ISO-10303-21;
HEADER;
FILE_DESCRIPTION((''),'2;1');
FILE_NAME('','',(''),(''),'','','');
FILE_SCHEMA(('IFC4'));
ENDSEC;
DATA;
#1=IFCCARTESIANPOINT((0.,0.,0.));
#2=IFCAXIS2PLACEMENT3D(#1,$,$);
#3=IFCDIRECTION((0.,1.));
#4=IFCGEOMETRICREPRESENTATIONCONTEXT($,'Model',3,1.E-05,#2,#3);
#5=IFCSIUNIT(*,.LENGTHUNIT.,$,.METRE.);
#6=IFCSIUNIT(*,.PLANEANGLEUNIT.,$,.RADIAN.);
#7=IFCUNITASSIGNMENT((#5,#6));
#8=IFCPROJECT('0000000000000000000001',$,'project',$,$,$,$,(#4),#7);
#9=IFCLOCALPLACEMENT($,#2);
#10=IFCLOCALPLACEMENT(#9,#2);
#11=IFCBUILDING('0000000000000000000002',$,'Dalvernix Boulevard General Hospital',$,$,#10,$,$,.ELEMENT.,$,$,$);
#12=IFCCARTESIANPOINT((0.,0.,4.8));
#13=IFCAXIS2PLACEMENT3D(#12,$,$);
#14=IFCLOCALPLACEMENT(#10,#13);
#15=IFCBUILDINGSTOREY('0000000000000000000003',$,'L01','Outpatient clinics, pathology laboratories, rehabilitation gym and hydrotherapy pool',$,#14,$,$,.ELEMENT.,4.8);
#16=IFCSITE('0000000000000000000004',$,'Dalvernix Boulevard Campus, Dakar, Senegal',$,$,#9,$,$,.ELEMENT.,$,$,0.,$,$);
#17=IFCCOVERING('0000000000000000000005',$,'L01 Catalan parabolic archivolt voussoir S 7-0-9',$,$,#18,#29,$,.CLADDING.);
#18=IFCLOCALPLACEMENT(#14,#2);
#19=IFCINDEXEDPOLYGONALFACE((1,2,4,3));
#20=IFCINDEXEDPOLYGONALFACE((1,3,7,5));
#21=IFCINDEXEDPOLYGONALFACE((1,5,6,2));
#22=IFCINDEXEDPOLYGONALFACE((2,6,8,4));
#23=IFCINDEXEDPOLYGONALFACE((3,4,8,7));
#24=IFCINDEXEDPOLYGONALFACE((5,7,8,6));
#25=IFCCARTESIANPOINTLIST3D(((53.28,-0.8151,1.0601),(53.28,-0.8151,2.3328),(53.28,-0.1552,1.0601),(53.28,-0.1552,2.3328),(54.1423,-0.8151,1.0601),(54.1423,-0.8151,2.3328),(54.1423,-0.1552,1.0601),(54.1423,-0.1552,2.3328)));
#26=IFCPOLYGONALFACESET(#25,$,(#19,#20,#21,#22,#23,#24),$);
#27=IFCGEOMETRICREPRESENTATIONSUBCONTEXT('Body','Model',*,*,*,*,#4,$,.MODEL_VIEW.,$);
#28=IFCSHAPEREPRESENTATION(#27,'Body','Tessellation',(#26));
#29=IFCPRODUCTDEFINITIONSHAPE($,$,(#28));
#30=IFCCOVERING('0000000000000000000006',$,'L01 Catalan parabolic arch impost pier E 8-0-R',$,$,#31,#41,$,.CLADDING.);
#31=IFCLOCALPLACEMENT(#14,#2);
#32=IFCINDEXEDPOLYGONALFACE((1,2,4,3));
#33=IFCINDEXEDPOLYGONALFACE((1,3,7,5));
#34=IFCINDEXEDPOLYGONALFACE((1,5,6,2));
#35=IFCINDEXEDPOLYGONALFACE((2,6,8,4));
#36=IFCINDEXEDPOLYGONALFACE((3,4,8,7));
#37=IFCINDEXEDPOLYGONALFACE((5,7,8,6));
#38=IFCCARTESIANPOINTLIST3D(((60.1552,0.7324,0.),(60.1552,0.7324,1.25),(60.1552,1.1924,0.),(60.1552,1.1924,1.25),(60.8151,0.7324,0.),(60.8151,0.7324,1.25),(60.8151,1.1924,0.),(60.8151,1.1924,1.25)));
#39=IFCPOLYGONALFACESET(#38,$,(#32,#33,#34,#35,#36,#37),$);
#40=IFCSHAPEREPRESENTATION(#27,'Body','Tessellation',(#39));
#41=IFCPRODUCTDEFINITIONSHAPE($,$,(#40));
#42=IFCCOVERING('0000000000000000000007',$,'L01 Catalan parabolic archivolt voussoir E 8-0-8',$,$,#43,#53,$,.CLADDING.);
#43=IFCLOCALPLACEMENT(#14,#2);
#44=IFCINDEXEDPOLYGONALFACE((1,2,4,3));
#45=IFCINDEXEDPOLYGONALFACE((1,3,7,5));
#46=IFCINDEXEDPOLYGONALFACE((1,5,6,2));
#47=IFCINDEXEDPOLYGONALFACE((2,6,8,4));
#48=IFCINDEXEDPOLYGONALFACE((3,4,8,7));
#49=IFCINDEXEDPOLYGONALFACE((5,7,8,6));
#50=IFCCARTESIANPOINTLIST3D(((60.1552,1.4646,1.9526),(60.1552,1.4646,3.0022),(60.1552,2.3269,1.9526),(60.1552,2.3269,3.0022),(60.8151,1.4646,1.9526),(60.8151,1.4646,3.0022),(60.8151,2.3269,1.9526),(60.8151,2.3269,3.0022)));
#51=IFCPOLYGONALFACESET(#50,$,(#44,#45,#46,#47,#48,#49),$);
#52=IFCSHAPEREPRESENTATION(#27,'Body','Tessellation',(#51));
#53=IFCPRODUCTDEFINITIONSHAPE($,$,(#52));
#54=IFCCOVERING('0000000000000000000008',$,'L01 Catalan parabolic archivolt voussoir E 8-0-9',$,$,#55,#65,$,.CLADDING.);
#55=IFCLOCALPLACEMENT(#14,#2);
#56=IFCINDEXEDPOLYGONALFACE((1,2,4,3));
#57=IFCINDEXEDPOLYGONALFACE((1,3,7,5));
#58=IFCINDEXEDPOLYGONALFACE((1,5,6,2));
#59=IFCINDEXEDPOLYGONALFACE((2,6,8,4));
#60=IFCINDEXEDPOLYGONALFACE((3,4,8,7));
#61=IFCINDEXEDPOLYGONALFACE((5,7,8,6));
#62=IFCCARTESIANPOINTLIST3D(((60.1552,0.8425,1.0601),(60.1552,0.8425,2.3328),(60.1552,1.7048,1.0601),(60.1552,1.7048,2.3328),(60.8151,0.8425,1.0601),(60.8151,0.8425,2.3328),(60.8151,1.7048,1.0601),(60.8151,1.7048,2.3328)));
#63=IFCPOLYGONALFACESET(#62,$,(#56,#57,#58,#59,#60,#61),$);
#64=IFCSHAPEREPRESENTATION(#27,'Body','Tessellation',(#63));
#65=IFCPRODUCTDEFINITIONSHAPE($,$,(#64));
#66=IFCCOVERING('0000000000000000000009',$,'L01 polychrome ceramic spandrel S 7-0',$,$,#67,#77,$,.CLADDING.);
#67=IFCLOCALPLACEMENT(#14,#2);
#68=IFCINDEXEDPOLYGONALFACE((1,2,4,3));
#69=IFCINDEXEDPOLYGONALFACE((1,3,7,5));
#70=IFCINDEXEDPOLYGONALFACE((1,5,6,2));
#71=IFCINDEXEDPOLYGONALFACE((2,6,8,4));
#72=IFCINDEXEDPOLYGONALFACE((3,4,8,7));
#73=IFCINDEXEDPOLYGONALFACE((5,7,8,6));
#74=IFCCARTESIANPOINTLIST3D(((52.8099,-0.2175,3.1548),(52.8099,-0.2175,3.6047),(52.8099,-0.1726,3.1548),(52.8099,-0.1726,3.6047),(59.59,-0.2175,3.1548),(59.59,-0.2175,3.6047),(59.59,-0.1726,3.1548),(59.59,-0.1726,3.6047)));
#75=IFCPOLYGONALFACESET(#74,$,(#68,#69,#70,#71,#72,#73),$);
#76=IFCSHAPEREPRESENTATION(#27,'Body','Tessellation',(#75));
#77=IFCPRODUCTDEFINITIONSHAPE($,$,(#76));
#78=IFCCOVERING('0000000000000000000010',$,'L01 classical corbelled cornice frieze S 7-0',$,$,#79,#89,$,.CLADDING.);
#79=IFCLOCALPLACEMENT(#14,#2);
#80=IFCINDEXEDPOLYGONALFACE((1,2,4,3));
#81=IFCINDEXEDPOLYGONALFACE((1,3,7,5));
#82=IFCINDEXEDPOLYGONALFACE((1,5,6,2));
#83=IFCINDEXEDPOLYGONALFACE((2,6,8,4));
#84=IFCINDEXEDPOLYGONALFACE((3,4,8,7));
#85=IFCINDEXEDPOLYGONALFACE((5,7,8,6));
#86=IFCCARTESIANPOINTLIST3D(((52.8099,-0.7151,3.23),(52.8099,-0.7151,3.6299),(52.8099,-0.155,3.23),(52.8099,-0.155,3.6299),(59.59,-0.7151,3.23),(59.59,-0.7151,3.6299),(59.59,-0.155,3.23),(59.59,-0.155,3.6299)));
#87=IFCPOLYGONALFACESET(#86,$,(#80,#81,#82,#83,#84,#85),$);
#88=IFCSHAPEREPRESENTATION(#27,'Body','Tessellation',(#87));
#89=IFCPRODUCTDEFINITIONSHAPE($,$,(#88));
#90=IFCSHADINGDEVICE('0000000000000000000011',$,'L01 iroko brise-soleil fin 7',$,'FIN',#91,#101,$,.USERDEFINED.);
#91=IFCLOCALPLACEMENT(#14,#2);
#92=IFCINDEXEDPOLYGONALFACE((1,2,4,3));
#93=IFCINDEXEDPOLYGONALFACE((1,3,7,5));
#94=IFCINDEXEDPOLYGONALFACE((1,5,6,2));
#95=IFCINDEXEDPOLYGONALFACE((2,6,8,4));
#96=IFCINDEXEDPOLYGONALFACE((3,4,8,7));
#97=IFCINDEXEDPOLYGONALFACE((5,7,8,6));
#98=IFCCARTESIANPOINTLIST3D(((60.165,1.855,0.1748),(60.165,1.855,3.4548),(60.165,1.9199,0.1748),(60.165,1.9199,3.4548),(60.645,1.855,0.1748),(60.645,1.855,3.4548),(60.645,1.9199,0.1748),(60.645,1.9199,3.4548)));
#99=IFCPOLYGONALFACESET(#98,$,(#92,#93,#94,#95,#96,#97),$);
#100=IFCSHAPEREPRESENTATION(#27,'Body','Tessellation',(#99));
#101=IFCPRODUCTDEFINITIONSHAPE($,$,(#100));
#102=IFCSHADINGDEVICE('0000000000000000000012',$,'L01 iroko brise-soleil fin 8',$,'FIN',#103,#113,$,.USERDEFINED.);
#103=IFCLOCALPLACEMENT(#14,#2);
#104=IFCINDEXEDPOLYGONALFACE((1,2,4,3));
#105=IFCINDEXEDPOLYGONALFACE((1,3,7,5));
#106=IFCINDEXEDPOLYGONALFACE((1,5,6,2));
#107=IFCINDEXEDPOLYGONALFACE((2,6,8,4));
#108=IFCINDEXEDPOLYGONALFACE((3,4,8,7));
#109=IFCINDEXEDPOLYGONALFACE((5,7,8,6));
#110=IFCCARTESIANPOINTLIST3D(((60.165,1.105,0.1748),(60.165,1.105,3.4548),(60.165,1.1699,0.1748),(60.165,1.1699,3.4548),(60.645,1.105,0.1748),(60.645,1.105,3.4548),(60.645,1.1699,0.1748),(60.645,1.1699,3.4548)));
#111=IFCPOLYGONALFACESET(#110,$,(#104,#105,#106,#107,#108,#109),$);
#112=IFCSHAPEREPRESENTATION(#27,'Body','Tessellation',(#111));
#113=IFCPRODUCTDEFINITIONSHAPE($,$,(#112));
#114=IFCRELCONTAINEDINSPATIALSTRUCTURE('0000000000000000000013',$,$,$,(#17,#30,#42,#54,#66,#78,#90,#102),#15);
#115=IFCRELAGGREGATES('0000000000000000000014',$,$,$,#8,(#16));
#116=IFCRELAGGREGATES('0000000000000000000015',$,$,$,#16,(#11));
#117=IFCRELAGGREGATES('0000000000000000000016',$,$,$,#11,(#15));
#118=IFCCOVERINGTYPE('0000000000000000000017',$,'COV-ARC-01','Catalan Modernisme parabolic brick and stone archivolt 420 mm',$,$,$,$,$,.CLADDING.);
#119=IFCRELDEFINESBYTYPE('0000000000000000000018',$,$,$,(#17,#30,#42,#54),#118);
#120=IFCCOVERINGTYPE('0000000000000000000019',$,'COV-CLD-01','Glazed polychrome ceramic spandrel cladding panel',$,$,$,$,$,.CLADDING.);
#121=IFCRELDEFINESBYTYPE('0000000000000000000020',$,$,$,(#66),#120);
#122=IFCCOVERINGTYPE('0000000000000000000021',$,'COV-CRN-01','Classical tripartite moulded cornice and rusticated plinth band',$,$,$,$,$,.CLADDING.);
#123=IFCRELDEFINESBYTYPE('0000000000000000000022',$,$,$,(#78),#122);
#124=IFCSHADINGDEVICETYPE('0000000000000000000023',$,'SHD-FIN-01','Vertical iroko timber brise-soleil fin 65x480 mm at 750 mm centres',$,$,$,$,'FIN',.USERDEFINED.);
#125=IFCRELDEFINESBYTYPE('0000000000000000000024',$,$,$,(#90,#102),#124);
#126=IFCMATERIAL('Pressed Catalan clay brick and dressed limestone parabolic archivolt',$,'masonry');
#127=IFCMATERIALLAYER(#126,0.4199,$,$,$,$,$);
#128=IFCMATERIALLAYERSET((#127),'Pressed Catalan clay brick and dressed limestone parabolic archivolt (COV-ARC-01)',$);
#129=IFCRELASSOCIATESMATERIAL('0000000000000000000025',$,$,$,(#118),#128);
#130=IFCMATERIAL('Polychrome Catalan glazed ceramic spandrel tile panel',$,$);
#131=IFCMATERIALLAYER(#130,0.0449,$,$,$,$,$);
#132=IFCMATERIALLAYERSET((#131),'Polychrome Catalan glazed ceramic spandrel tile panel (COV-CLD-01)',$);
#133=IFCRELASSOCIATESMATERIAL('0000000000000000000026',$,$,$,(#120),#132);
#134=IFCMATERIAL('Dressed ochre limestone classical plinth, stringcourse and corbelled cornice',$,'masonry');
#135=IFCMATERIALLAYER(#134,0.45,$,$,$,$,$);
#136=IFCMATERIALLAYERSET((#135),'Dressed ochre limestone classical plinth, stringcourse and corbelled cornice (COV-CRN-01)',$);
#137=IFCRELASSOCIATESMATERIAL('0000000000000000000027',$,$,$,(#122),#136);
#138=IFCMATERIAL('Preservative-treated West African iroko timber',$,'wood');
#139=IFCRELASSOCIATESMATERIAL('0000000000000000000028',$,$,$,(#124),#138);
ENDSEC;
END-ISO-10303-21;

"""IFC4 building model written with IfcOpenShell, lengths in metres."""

from ifc_helpers import new_model, si_unit, direction, frame, origin, origin_2d, place, context, subcontext, project, spatial, rectangle, extrude, material, layer, layer_set, type_object, element, save


model = new_model("IFC4")

# Units and contexts
model_context = context("Model", 3, precision=1e-05, world=origin(), true_north=direction((0.0, 1.0)))
body_context = subcontext(model_context, "Body", "Model", "MODEL_VIEW")
ifc_project = project(units=[si_unit("LENGTHUNIT", "METRE"), si_unit("PLANEANGLEUNIT", "RADIAN")], contexts=[model_context])

# Site, building, storey
site_placement = place(None, origin())
site = spatial("IfcSite", under=ifc_project, at=site_placement, Name="Dalvernix Boulevard Campus, Dakar, Senegal", CompositionType="ELEMENT", RefElevation=0.0)
building_placement = place(site_placement, origin())
building = spatial("IfcBuilding", under=site, at=building_placement, Name="Dalvernix Boulevard General Hospital", CompositionType="ELEMENT")
storey_placement = place(building_placement, frame((0.0, 0.0, 4.8)))
storey = spatial("IfcBuildingStorey", under=building, at=storey_placement, Name="L01", Description="Outpatient clinics, pathology laboratories, rehabilitation gym and hydrotherapy pool", CompositionType="ELEMENT", Elevation=4.8)

# Coverings
ifc_material_1 = material(Name="Pressed Catalan clay brick and dressed limestone parabolic archivolt", Category="masonry")
ifc_layer_1 = layer(ifc_material_1, 0.4199)
ifc_layer_set_1 = layer_set([ifc_layer_1], Name="Pressed Catalan clay brick and dressed limestone parabolic archivolt (COV-ARC-01)")
covering_type_1 = type_object("IfcCoveringType", Name="COV-ARC-01", Description="Catalan Modernisme parabolic brick and stone archivolt 420 mm", PredefinedType="CLADDING", material=ifc_layer_set_1)
covering_1_placement = place(storey_placement, frame((53.7112, -0.4851, 1.0601), z_axis=(0.0, 0.0, 1.0), x_axis=(-1.0, 0.0, 0.0)))
element("IfcCovering", 1, at=covering_1_placement, inside=storey, type_object=covering_type_1, Name="L01 Catalan parabolic archivolt voussoir S 7-0-9", PredefinedType="CLADDING", context=body_context, shape_type="SweptSolid", body=[
    extrude(rectangle(XDim=0.8623, YDim=0.6599, at=origin_2d()), origin(), (0.0, 0.0, 1.0), 1.2727),
])
covering_2_placement = place(storey_placement, frame((60.4851, 0.9624, 0.0), z_axis=(0.0, 0.0, 1.0), x_axis=(0.0, -1.0, 0.0)))
element("IfcCovering", 2, at=covering_2_placement, inside=storey, type_object=covering_type_1, Name="L01 Catalan parabolic arch impost pier E 8-0-R", PredefinedType="CLADDING", context=body_context, shape_type="SweptSolid", body=[
    extrude(rectangle(XDim=0.46, YDim=0.6599, at=origin_2d()), origin(), (0.0, 0.0, 1.0), 1.25),
])
covering_3_placement = place(storey_placement, frame((60.4851, 1.8958, 1.9526), z_axis=(0.0, 0.0, 1.0), x_axis=(0.0, -1.0, 0.0)))
element("IfcCovering", 3, at=covering_3_placement, inside=storey, type_object=covering_type_1, Name="L01 Catalan parabolic archivolt voussoir E 8-0-8", PredefinedType="CLADDING", context=body_context, shape_type="SweptSolid", body=[
    extrude(rectangle(XDim=0.8623, YDim=0.6599, at=origin_2d()), origin(), (0.0, 0.0, 1.0), 1.0496),
])
covering_4_placement = place(storey_placement, frame((60.4851, 1.2737, 1.0601), z_axis=(0.0, 0.0, 1.0), x_axis=(0.0, -1.0, 0.0)))
element("IfcCovering", 4, at=covering_4_placement, inside=storey, type_object=covering_type_1, Name="L01 Catalan parabolic archivolt voussoir E 8-0-9", PredefinedType="CLADDING", context=body_context, shape_type="SweptSolid", body=[
    extrude(rectangle(XDim=0.8623, YDim=0.6599, at=origin_2d()), origin(), (0.0, 0.0, 1.0), 1.2727),
])
ifc_material_2 = material(Name="Polychrome Catalan glazed ceramic spandrel tile panel")
ifc_layer_2 = layer(ifc_material_2, 0.0449)
ifc_layer_set_2 = layer_set([ifc_layer_2], Name="Polychrome Catalan glazed ceramic spandrel tile panel (COV-CLD-01)")
covering_type_2 = type_object("IfcCoveringType", Name="COV-CLD-01", Description="Glazed polychrome ceramic spandrel cladding panel", PredefinedType="CLADDING", material=ifc_layer_set_2)
covering_5_placement = place(storey_placement, frame((56.2, -0.1951, 3.1548), z_axis=(0.0, 0.0, 1.0), x_axis=(-1.0, 0.0, 0.0)))
element("IfcCovering", 5, at=covering_5_placement, inside=storey, type_object=covering_type_2, Name="L01 polychrome ceramic spandrel S 7-0", PredefinedType="CLADDING", context=body_context, shape_type="SweptSolid", body=[
    extrude(rectangle(XDim=6.78, YDim=0.0449, at=origin_2d()), origin(), (0.0, 0.0, 1.0), 0.45),
])
ifc_material_3 = material(Name="Dressed ochre limestone classical plinth, stringcourse and corbelled cornice", Category="masonry")
ifc_layer_3 = layer(ifc_material_3, 0.45)
ifc_layer_set_3 = layer_set([ifc_layer_3], Name="Dressed ochre limestone classical plinth, stringcourse and corbelled cornice (COV-CRN-01)")
covering_type_3 = type_object("IfcCoveringType", Name="COV-CRN-01", Description="Classical tripartite moulded cornice and rusticated plinth band", PredefinedType="CLADDING", material=ifc_layer_set_3)
covering_6_placement = place(storey_placement, frame((56.2, -0.4351, 3.23), z_axis=(0.0, 0.0, 1.0), x_axis=(-1.0, 0.0, 0.0)))
element("IfcCovering", 6, at=covering_6_placement, inside=storey, type_object=covering_type_3, Name="L01 classical corbelled cornice frieze S 7-0", PredefinedType="CLADDING", context=body_context, shape_type="SweptSolid", body=[
    extrude(rectangle(XDim=6.78, YDim=0.5601, at=origin_2d()), origin(), (0.0, 0.0, 1.0), 0.3999),
])

# Shading devices
ifc_material_4 = material(Name="Preservative-treated West African iroko timber", Category="wood")
shading_device_type = type_object("IfcShadingDeviceType", Name="SHD-FIN-01", Description="Vertical iroko timber brise-soleil fin 65x480 mm at 750 mm centres", ElementType="FIN", PredefinedType="USERDEFINED", material=ifc_material_4)
for number, where, z_axis, x_axis, name in (
    (7, (60.405, 1.8875, 0.1748), (0.0, 0.0, 1.0), (0.0, -1.0, 0.0), "L01 iroko brise-soleil fin 7"),
    (8, (60.405, 1.1375, 0.1748), (0.0, 0.0, 1.0), (0.0, -1.0, 0.0), "L01 iroko brise-soleil fin 8"),
):
    element("IfcShadingDevice", number, at=place(storey_placement, frame(where, z_axis=z_axis, x_axis=x_axis)), inside=storey, type_object=shading_device_type, Name=name, ObjectType="FIN", PredefinedType="USERDEFINED", context=body_context, shape_type="SweptSolid", body=[
        extrude(rectangle(XDim=0.0649, YDim=0.48, at=origin_2d()), origin(), (0.0, 0.0, 1.0), 3.28),
    ])

save(model, "model.ifc")
